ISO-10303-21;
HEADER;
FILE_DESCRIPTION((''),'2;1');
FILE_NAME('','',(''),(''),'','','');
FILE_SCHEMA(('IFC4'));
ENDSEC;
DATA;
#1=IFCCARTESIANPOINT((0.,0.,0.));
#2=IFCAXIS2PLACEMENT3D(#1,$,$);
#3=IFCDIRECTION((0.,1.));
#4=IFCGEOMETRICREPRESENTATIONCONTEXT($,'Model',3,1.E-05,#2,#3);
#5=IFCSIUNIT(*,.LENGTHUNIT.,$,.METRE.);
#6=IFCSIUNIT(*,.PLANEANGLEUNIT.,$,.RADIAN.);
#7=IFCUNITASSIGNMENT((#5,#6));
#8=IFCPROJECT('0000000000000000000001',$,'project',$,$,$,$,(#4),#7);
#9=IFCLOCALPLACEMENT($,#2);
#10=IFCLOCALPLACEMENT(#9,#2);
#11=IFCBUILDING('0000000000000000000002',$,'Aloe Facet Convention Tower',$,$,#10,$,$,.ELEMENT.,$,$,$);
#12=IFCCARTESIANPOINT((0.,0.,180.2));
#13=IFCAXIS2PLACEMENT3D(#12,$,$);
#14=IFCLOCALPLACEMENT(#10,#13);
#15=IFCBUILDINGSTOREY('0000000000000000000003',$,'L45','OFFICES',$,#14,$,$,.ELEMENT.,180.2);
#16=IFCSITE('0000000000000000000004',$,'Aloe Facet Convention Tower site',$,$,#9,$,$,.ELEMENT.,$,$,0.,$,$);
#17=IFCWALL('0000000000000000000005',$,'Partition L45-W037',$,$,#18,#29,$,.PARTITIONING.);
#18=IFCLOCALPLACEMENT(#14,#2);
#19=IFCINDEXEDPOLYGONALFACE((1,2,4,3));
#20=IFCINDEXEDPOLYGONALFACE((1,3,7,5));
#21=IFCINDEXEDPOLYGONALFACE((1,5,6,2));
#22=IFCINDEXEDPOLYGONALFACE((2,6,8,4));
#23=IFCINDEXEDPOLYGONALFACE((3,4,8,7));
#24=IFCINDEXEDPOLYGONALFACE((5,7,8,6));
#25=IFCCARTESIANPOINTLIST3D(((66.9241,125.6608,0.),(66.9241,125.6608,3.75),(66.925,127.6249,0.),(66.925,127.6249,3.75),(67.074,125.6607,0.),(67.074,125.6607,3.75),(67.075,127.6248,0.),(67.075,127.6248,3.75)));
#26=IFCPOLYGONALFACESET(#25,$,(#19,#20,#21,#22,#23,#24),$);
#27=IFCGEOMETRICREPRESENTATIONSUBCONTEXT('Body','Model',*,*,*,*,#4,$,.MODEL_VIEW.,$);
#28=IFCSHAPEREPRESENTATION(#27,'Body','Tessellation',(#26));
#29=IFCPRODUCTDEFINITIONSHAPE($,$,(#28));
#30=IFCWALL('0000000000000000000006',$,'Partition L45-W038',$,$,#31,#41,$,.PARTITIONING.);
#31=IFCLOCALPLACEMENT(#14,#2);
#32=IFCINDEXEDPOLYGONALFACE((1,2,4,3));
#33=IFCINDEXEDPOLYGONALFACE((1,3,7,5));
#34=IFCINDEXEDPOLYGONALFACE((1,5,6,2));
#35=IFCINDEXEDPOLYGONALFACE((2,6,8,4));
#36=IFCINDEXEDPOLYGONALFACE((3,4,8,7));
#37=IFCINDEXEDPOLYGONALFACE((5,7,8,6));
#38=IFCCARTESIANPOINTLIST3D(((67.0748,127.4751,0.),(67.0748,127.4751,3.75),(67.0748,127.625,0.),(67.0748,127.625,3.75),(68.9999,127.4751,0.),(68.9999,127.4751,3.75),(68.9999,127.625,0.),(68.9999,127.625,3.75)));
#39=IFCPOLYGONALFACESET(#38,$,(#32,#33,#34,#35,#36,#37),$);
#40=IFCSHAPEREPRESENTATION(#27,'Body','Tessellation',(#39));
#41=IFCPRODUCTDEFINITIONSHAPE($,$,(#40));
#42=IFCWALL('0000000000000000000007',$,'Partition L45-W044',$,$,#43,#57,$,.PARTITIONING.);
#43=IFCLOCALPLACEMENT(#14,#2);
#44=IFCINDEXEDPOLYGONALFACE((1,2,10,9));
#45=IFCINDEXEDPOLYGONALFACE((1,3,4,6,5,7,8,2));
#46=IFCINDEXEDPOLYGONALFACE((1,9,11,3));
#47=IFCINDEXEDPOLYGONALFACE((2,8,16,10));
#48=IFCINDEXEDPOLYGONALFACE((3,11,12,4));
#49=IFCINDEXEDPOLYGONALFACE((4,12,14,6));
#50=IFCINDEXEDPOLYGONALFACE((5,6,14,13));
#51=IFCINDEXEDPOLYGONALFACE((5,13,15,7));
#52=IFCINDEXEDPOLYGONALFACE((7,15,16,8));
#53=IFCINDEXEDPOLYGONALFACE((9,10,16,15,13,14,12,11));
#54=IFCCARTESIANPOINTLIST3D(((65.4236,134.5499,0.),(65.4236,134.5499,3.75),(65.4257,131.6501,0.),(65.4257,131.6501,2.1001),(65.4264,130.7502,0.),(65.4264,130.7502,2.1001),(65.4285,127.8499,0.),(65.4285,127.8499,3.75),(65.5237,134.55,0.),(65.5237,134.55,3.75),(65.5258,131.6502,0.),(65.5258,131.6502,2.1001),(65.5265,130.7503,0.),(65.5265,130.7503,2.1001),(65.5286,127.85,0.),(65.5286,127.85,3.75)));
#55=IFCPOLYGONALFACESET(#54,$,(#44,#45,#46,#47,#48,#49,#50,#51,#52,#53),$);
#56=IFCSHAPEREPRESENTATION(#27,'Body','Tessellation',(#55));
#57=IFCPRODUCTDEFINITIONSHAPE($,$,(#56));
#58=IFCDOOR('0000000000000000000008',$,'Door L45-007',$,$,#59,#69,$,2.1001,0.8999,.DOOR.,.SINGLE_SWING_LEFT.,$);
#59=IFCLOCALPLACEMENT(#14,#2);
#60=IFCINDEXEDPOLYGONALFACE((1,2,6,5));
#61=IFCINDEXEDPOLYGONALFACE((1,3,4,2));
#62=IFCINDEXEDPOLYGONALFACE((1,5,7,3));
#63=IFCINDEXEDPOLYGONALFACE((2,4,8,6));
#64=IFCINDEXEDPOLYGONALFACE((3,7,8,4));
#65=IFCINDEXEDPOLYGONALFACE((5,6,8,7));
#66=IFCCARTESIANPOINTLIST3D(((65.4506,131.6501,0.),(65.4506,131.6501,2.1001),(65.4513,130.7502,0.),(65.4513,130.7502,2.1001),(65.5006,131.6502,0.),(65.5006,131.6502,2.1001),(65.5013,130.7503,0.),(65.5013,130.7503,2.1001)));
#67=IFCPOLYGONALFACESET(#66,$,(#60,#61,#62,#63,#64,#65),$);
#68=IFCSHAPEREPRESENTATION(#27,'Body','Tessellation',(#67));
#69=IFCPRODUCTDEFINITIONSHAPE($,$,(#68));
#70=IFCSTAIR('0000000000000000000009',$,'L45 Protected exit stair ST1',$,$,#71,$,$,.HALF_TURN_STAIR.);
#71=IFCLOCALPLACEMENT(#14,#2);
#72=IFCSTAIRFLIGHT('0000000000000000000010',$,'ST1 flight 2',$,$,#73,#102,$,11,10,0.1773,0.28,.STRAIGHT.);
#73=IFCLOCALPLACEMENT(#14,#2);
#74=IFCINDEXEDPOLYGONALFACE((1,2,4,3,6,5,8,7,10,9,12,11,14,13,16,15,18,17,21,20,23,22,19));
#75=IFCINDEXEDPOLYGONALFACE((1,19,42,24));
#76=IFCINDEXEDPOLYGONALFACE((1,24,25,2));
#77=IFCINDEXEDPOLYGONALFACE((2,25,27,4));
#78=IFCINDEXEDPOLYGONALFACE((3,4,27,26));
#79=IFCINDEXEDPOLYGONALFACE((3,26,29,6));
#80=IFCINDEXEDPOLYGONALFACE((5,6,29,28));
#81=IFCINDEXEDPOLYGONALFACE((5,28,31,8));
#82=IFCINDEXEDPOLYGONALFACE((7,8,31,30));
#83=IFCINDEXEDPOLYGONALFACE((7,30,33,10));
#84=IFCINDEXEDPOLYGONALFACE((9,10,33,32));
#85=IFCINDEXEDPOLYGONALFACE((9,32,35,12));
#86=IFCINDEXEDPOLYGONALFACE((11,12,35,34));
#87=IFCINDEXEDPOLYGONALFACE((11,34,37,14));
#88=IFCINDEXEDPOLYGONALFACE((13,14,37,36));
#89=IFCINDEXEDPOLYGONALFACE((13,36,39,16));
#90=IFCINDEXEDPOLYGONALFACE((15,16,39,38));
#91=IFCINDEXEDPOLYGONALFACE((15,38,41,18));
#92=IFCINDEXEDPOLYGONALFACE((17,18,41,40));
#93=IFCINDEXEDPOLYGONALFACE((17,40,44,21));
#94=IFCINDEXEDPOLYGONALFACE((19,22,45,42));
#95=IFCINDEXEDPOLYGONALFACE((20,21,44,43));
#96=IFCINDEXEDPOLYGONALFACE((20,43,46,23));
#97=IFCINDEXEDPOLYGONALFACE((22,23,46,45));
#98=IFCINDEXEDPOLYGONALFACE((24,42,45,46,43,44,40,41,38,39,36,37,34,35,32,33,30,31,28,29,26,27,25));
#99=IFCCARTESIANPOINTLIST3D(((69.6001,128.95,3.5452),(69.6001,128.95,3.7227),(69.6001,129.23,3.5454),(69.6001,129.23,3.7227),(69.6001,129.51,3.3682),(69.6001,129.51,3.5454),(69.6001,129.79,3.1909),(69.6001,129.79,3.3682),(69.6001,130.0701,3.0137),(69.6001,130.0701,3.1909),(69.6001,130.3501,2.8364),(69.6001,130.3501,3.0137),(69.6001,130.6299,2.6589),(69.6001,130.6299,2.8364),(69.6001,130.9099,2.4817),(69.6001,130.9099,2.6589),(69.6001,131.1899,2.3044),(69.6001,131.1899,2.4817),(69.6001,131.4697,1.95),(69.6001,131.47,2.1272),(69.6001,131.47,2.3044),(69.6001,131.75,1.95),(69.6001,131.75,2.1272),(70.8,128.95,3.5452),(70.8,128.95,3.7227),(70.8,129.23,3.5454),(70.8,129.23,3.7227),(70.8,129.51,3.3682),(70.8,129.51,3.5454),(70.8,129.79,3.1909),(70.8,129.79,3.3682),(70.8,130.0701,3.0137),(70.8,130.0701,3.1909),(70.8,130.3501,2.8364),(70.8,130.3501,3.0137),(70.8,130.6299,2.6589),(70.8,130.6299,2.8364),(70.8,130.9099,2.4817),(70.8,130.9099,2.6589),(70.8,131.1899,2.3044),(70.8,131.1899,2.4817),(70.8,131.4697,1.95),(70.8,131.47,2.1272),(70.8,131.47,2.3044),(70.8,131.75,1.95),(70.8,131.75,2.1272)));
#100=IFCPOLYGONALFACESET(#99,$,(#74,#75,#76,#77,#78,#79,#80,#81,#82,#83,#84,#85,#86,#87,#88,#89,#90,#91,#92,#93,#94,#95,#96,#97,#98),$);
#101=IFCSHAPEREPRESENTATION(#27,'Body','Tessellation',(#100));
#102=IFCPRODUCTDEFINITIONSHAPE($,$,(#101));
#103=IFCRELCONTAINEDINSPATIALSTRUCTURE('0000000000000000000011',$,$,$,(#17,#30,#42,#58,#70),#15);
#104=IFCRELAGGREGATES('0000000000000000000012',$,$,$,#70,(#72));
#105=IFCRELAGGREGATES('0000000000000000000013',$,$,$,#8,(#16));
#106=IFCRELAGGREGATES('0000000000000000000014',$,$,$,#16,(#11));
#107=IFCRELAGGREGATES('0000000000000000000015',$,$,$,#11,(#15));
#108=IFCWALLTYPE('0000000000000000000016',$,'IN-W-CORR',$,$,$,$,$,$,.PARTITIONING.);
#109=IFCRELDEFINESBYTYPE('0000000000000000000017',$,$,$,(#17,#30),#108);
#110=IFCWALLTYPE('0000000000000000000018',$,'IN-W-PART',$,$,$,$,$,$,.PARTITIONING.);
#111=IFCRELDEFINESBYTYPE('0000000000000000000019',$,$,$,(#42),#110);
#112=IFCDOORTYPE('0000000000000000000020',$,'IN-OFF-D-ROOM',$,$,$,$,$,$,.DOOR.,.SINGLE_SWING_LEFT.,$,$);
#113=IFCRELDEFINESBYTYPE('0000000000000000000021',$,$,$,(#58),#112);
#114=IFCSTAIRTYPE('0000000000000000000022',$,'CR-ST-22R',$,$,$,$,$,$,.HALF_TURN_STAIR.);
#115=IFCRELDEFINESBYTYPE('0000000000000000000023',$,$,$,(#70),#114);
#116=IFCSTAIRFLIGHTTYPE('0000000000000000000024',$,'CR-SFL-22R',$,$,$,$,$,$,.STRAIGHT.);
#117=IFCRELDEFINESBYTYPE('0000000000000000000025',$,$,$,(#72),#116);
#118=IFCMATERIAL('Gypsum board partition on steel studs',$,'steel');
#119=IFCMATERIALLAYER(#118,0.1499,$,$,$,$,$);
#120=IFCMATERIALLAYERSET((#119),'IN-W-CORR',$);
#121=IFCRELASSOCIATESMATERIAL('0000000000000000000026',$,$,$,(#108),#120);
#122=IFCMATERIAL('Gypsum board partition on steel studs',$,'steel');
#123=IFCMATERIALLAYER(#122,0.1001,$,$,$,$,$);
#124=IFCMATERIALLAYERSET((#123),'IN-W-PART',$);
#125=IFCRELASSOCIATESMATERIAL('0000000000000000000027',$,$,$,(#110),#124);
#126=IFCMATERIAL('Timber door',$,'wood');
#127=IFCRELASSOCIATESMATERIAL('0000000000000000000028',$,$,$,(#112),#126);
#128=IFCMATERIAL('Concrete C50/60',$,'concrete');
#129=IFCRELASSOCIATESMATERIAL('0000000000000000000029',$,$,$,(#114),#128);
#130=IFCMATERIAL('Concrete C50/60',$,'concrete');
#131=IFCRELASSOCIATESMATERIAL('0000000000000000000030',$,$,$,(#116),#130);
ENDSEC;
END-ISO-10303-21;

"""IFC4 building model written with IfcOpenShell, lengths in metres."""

from ifc_helpers import new_model, si_unit, direction, frame, frame_2d, origin, place, context, subcontext, project, spatial, polyline, rectangle, outline, extrude, material, layer, layer_set, type_object, element, fill, aggregate, save


model = new_model("IFC4")

# Units and contexts
model_context = context("Model", 3, precision=1e-05, world=origin(), true_north=direction((0.0, 1.0)))
body_context = subcontext(model_context, "Body", "Model", "MODEL_VIEW")
ifc_project = project(units=[si_unit("LENGTHUNIT", "METRE"), si_unit("PLANEANGLEUNIT", "RADIAN")], contexts=[model_context])

# Site, building, storey
site_placement = place(None, origin())
site = spatial("IfcSite", under=ifc_project, at=site_placement, Name="Aloe Facet Convention Tower site", CompositionType="ELEMENT", RefElevation=0.0)
building_placement = place(site_placement, origin())
building = spatial("IfcBuilding", under=site, at=building_placement, Name="Aloe Facet Convention Tower", CompositionType="ELEMENT")
storey_placement = place(building_placement, frame((0.0, 0.0, 180.2)))
storey = spatial("IfcBuildingStorey", under=building, at=storey_placement, Name="L45", Description="OFFICES", CompositionType="ELEMENT", Elevation=180.2)

# Walls
ifc_material_1 = material(Name="Gypsum board partition on steel studs", Category="steel")
ifc_layer_1 = layer(ifc_material_1, 0.1499)
ifc_layer_set_1 = layer_set([ifc_layer_1], Name="IN-W-CORR")
wall_type_1 = type_object("IfcWallType", Name="IN-W-CORR", PredefinedType="PARTITIONING", material=ifc_layer_set_1)
wall_1_placement = place(storey_placement, frame((66.999, 125.6609, 0.0), z_axis=(0.0, 0.0, 1.0), x_axis=(0.000497, 1.0, 0.0)))
element("IfcWall", 1, at=wall_1_placement, inside=storey, type_object=wall_type_1, Name="Partition L45-W037", PredefinedType="PARTITIONING", context=body_context, shape_type="SweptSolid", body=[
    extrude(rectangle(XDim=1.9641, YDim=0.1499, at=frame_2d((0.9819, 0.0))), origin(), (0.0, 0.0, 1.0), 3.75),
])
wall_2_placement = place(storey_placement, frame((67.075, 127.55, 0.0), z_axis=(0.0, 0.0, 1.0), x_axis=(1.0, 0.0, 0.0)))
element("IfcWall", 2, at=wall_2_placement, inside=storey, type_object=wall_type_1, Name="Partition L45-W038", PredefinedType="PARTITIONING", context=body_context, shape_type="SweptSolid", body=[
    extrude(rectangle(XDim=1.925, YDim=0.1499, at=frame_2d((0.9624, 0.0))), origin(), (0.0, 0.0, 1.0), 3.75),
])
ifc_material_2 = material(Name="Gypsum board partition on steel studs", Category="steel")
ifc_layer_2 = layer(ifc_material_2, 0.1001)
ifc_layer_set_2 = layer_set([ifc_layer_2], Name="IN-W-PART")
wall_type_2 = type_object("IfcWallType", Name="IN-W-PART", PredefinedType="PARTITIONING", material=ifc_layer_set_2)

# Wall, opening, door
wall_3_placement = place(storey_placement, frame((65.4736, 134.55, 0.0), z_axis=(0.0, 0.0, 1.0), x_axis=(0.000729, -1.0, 0.0)))
wall_3 = element("IfcWall", 3, at=wall_3_placement, inside=storey, type_object=wall_type_2, Name="Partition L45-W044", PredefinedType="PARTITIONING", context=body_context, shape_type="SweptSolid", body=[
    extrude(rectangle(XDim=6.7, YDim=0.1001, at=frame_2d((3.3501, 0.0))), origin(), (0.0, 0.0, 1.0), 3.75),
])
opening_1_placement = place(wall_3_placement, frame((2.8999, 0.0, 0.0)))
opening_1 = element("IfcOpeningElement", 4, at=opening_1_placement, cuts=wall_3, PredefinedType="OPENING", context=body_context, shape_type="SweptSolid", body=[
    extrude(rectangle(XDim=0.8999, YDim=2.1001, at=frame_2d((0.45, 1.05))), frame((0.0, 0.0601, 0.0), z_axis=(0.0, -1.0, 0.0), x_axis=(1.0, 0.0, 0.0)), (0.0, 0.0, 1.0), 0.1201),
])
ifc_material_3 = material(Name="Timber door", Category="wood")
door_type = type_object("IfcDoorType", Name="IN-OFF-D-ROOM", OperationType="SINGLE_SWING_LEFT", PredefinedType="DOOR", material=ifc_material_3)
door_placement = place(opening_1_placement, origin())
door = element("IfcDoor", 5, at=door_placement, inside=storey, type_object=door_type, Name="Door L45-007", OperationType="SINGLE_SWING_LEFT", OverallHeight=2.1001, OverallWidth=0.8999, PredefinedType="DOOR", context=body_context, shape_type="SweptSolid", body=[
    extrude(rectangle(XDim=0.8999, YDim=2.1001, at=frame_2d((0.45, 1.05))), frame((0.0, 0.0249, 0.0), z_axis=(0.0, -1.0, 0.0), x_axis=(1.0, 0.0, 0.0)), (0.0, 0.0, 1.0), 0.05),
])
fill(opening_1, door)

# Stair, stair flight
ifc_material_4 = material(Name="Concrete C50/60", Category="concrete")
stair_type = type_object("IfcStairType", Name="CR-ST-22R", PredefinedType="HALF_TURN_STAIR", material=ifc_material_4)
stair_placement = place(storey_placement, origin())
stair = element("IfcStair", 6, at=stair_placement, inside=storey, type_object=stair_type, Name="L45 Protected exit stair ST1", PredefinedType="HALF_TURN_STAIR")
ifc_material_5 = material(Name="Concrete C50/60", Category="concrete")
stair_flight_type = type_object("IfcStairFlightType", Name="CR-SFL-22R", PredefinedType="STRAIGHT", material=ifc_material_5)
stair_flight_placement = place(storey_placement, frame((70.2, 131.75, 1.95), z_axis=(0.0, 0.0, 1.0), x_axis=(0.0, -1.0, 0.0)))
stair_flight = element("IfcStairFlight", 7, at=stair_flight_placement, type_object=stair_flight_type, Name="ST1 flight 2", NumberOfRisers=11, NumberOfTreads=10, PredefinedType="STRAIGHT", RiserHeight=0.1773, TreadLength=0.28, context=body_context, shape_type="SweptSolid", body=[
    extrude(outline(polyline([(0.0, 0.0), (0.0, 0.1772), (0.28, 0.1772), (0.28, 0.3545), (0.5601, 0.3545), (0.5601, 0.5317), (0.8401, 0.5317), (0.8401, 0.709), (1.1201, 0.709), (1.1201, 0.8865), (1.3999, 0.8865), (1.3999, 1.0637), (1.6799, 1.0637), (1.6799, 1.241), (1.96, 1.241), (1.96, 1.4182), (2.24, 1.4182), (2.24, 1.5955), (2.52, 1.5955), (2.52, 1.7727), (2.8, 1.7727), (2.8, 1.95), (2.8, 1.5952), (0.2803, 0.0), (0.0, 0.0)])), frame((0.0, 0.6001, 0.0), z_axis=(0.0, -1.0, 0.0), x_axis=(1.0, 0.0, 0.0)), (0.0, 0.0, 1.0), 1.2),
])
aggregate(stair, [stair_flight])

save(model, "model.ifc")
